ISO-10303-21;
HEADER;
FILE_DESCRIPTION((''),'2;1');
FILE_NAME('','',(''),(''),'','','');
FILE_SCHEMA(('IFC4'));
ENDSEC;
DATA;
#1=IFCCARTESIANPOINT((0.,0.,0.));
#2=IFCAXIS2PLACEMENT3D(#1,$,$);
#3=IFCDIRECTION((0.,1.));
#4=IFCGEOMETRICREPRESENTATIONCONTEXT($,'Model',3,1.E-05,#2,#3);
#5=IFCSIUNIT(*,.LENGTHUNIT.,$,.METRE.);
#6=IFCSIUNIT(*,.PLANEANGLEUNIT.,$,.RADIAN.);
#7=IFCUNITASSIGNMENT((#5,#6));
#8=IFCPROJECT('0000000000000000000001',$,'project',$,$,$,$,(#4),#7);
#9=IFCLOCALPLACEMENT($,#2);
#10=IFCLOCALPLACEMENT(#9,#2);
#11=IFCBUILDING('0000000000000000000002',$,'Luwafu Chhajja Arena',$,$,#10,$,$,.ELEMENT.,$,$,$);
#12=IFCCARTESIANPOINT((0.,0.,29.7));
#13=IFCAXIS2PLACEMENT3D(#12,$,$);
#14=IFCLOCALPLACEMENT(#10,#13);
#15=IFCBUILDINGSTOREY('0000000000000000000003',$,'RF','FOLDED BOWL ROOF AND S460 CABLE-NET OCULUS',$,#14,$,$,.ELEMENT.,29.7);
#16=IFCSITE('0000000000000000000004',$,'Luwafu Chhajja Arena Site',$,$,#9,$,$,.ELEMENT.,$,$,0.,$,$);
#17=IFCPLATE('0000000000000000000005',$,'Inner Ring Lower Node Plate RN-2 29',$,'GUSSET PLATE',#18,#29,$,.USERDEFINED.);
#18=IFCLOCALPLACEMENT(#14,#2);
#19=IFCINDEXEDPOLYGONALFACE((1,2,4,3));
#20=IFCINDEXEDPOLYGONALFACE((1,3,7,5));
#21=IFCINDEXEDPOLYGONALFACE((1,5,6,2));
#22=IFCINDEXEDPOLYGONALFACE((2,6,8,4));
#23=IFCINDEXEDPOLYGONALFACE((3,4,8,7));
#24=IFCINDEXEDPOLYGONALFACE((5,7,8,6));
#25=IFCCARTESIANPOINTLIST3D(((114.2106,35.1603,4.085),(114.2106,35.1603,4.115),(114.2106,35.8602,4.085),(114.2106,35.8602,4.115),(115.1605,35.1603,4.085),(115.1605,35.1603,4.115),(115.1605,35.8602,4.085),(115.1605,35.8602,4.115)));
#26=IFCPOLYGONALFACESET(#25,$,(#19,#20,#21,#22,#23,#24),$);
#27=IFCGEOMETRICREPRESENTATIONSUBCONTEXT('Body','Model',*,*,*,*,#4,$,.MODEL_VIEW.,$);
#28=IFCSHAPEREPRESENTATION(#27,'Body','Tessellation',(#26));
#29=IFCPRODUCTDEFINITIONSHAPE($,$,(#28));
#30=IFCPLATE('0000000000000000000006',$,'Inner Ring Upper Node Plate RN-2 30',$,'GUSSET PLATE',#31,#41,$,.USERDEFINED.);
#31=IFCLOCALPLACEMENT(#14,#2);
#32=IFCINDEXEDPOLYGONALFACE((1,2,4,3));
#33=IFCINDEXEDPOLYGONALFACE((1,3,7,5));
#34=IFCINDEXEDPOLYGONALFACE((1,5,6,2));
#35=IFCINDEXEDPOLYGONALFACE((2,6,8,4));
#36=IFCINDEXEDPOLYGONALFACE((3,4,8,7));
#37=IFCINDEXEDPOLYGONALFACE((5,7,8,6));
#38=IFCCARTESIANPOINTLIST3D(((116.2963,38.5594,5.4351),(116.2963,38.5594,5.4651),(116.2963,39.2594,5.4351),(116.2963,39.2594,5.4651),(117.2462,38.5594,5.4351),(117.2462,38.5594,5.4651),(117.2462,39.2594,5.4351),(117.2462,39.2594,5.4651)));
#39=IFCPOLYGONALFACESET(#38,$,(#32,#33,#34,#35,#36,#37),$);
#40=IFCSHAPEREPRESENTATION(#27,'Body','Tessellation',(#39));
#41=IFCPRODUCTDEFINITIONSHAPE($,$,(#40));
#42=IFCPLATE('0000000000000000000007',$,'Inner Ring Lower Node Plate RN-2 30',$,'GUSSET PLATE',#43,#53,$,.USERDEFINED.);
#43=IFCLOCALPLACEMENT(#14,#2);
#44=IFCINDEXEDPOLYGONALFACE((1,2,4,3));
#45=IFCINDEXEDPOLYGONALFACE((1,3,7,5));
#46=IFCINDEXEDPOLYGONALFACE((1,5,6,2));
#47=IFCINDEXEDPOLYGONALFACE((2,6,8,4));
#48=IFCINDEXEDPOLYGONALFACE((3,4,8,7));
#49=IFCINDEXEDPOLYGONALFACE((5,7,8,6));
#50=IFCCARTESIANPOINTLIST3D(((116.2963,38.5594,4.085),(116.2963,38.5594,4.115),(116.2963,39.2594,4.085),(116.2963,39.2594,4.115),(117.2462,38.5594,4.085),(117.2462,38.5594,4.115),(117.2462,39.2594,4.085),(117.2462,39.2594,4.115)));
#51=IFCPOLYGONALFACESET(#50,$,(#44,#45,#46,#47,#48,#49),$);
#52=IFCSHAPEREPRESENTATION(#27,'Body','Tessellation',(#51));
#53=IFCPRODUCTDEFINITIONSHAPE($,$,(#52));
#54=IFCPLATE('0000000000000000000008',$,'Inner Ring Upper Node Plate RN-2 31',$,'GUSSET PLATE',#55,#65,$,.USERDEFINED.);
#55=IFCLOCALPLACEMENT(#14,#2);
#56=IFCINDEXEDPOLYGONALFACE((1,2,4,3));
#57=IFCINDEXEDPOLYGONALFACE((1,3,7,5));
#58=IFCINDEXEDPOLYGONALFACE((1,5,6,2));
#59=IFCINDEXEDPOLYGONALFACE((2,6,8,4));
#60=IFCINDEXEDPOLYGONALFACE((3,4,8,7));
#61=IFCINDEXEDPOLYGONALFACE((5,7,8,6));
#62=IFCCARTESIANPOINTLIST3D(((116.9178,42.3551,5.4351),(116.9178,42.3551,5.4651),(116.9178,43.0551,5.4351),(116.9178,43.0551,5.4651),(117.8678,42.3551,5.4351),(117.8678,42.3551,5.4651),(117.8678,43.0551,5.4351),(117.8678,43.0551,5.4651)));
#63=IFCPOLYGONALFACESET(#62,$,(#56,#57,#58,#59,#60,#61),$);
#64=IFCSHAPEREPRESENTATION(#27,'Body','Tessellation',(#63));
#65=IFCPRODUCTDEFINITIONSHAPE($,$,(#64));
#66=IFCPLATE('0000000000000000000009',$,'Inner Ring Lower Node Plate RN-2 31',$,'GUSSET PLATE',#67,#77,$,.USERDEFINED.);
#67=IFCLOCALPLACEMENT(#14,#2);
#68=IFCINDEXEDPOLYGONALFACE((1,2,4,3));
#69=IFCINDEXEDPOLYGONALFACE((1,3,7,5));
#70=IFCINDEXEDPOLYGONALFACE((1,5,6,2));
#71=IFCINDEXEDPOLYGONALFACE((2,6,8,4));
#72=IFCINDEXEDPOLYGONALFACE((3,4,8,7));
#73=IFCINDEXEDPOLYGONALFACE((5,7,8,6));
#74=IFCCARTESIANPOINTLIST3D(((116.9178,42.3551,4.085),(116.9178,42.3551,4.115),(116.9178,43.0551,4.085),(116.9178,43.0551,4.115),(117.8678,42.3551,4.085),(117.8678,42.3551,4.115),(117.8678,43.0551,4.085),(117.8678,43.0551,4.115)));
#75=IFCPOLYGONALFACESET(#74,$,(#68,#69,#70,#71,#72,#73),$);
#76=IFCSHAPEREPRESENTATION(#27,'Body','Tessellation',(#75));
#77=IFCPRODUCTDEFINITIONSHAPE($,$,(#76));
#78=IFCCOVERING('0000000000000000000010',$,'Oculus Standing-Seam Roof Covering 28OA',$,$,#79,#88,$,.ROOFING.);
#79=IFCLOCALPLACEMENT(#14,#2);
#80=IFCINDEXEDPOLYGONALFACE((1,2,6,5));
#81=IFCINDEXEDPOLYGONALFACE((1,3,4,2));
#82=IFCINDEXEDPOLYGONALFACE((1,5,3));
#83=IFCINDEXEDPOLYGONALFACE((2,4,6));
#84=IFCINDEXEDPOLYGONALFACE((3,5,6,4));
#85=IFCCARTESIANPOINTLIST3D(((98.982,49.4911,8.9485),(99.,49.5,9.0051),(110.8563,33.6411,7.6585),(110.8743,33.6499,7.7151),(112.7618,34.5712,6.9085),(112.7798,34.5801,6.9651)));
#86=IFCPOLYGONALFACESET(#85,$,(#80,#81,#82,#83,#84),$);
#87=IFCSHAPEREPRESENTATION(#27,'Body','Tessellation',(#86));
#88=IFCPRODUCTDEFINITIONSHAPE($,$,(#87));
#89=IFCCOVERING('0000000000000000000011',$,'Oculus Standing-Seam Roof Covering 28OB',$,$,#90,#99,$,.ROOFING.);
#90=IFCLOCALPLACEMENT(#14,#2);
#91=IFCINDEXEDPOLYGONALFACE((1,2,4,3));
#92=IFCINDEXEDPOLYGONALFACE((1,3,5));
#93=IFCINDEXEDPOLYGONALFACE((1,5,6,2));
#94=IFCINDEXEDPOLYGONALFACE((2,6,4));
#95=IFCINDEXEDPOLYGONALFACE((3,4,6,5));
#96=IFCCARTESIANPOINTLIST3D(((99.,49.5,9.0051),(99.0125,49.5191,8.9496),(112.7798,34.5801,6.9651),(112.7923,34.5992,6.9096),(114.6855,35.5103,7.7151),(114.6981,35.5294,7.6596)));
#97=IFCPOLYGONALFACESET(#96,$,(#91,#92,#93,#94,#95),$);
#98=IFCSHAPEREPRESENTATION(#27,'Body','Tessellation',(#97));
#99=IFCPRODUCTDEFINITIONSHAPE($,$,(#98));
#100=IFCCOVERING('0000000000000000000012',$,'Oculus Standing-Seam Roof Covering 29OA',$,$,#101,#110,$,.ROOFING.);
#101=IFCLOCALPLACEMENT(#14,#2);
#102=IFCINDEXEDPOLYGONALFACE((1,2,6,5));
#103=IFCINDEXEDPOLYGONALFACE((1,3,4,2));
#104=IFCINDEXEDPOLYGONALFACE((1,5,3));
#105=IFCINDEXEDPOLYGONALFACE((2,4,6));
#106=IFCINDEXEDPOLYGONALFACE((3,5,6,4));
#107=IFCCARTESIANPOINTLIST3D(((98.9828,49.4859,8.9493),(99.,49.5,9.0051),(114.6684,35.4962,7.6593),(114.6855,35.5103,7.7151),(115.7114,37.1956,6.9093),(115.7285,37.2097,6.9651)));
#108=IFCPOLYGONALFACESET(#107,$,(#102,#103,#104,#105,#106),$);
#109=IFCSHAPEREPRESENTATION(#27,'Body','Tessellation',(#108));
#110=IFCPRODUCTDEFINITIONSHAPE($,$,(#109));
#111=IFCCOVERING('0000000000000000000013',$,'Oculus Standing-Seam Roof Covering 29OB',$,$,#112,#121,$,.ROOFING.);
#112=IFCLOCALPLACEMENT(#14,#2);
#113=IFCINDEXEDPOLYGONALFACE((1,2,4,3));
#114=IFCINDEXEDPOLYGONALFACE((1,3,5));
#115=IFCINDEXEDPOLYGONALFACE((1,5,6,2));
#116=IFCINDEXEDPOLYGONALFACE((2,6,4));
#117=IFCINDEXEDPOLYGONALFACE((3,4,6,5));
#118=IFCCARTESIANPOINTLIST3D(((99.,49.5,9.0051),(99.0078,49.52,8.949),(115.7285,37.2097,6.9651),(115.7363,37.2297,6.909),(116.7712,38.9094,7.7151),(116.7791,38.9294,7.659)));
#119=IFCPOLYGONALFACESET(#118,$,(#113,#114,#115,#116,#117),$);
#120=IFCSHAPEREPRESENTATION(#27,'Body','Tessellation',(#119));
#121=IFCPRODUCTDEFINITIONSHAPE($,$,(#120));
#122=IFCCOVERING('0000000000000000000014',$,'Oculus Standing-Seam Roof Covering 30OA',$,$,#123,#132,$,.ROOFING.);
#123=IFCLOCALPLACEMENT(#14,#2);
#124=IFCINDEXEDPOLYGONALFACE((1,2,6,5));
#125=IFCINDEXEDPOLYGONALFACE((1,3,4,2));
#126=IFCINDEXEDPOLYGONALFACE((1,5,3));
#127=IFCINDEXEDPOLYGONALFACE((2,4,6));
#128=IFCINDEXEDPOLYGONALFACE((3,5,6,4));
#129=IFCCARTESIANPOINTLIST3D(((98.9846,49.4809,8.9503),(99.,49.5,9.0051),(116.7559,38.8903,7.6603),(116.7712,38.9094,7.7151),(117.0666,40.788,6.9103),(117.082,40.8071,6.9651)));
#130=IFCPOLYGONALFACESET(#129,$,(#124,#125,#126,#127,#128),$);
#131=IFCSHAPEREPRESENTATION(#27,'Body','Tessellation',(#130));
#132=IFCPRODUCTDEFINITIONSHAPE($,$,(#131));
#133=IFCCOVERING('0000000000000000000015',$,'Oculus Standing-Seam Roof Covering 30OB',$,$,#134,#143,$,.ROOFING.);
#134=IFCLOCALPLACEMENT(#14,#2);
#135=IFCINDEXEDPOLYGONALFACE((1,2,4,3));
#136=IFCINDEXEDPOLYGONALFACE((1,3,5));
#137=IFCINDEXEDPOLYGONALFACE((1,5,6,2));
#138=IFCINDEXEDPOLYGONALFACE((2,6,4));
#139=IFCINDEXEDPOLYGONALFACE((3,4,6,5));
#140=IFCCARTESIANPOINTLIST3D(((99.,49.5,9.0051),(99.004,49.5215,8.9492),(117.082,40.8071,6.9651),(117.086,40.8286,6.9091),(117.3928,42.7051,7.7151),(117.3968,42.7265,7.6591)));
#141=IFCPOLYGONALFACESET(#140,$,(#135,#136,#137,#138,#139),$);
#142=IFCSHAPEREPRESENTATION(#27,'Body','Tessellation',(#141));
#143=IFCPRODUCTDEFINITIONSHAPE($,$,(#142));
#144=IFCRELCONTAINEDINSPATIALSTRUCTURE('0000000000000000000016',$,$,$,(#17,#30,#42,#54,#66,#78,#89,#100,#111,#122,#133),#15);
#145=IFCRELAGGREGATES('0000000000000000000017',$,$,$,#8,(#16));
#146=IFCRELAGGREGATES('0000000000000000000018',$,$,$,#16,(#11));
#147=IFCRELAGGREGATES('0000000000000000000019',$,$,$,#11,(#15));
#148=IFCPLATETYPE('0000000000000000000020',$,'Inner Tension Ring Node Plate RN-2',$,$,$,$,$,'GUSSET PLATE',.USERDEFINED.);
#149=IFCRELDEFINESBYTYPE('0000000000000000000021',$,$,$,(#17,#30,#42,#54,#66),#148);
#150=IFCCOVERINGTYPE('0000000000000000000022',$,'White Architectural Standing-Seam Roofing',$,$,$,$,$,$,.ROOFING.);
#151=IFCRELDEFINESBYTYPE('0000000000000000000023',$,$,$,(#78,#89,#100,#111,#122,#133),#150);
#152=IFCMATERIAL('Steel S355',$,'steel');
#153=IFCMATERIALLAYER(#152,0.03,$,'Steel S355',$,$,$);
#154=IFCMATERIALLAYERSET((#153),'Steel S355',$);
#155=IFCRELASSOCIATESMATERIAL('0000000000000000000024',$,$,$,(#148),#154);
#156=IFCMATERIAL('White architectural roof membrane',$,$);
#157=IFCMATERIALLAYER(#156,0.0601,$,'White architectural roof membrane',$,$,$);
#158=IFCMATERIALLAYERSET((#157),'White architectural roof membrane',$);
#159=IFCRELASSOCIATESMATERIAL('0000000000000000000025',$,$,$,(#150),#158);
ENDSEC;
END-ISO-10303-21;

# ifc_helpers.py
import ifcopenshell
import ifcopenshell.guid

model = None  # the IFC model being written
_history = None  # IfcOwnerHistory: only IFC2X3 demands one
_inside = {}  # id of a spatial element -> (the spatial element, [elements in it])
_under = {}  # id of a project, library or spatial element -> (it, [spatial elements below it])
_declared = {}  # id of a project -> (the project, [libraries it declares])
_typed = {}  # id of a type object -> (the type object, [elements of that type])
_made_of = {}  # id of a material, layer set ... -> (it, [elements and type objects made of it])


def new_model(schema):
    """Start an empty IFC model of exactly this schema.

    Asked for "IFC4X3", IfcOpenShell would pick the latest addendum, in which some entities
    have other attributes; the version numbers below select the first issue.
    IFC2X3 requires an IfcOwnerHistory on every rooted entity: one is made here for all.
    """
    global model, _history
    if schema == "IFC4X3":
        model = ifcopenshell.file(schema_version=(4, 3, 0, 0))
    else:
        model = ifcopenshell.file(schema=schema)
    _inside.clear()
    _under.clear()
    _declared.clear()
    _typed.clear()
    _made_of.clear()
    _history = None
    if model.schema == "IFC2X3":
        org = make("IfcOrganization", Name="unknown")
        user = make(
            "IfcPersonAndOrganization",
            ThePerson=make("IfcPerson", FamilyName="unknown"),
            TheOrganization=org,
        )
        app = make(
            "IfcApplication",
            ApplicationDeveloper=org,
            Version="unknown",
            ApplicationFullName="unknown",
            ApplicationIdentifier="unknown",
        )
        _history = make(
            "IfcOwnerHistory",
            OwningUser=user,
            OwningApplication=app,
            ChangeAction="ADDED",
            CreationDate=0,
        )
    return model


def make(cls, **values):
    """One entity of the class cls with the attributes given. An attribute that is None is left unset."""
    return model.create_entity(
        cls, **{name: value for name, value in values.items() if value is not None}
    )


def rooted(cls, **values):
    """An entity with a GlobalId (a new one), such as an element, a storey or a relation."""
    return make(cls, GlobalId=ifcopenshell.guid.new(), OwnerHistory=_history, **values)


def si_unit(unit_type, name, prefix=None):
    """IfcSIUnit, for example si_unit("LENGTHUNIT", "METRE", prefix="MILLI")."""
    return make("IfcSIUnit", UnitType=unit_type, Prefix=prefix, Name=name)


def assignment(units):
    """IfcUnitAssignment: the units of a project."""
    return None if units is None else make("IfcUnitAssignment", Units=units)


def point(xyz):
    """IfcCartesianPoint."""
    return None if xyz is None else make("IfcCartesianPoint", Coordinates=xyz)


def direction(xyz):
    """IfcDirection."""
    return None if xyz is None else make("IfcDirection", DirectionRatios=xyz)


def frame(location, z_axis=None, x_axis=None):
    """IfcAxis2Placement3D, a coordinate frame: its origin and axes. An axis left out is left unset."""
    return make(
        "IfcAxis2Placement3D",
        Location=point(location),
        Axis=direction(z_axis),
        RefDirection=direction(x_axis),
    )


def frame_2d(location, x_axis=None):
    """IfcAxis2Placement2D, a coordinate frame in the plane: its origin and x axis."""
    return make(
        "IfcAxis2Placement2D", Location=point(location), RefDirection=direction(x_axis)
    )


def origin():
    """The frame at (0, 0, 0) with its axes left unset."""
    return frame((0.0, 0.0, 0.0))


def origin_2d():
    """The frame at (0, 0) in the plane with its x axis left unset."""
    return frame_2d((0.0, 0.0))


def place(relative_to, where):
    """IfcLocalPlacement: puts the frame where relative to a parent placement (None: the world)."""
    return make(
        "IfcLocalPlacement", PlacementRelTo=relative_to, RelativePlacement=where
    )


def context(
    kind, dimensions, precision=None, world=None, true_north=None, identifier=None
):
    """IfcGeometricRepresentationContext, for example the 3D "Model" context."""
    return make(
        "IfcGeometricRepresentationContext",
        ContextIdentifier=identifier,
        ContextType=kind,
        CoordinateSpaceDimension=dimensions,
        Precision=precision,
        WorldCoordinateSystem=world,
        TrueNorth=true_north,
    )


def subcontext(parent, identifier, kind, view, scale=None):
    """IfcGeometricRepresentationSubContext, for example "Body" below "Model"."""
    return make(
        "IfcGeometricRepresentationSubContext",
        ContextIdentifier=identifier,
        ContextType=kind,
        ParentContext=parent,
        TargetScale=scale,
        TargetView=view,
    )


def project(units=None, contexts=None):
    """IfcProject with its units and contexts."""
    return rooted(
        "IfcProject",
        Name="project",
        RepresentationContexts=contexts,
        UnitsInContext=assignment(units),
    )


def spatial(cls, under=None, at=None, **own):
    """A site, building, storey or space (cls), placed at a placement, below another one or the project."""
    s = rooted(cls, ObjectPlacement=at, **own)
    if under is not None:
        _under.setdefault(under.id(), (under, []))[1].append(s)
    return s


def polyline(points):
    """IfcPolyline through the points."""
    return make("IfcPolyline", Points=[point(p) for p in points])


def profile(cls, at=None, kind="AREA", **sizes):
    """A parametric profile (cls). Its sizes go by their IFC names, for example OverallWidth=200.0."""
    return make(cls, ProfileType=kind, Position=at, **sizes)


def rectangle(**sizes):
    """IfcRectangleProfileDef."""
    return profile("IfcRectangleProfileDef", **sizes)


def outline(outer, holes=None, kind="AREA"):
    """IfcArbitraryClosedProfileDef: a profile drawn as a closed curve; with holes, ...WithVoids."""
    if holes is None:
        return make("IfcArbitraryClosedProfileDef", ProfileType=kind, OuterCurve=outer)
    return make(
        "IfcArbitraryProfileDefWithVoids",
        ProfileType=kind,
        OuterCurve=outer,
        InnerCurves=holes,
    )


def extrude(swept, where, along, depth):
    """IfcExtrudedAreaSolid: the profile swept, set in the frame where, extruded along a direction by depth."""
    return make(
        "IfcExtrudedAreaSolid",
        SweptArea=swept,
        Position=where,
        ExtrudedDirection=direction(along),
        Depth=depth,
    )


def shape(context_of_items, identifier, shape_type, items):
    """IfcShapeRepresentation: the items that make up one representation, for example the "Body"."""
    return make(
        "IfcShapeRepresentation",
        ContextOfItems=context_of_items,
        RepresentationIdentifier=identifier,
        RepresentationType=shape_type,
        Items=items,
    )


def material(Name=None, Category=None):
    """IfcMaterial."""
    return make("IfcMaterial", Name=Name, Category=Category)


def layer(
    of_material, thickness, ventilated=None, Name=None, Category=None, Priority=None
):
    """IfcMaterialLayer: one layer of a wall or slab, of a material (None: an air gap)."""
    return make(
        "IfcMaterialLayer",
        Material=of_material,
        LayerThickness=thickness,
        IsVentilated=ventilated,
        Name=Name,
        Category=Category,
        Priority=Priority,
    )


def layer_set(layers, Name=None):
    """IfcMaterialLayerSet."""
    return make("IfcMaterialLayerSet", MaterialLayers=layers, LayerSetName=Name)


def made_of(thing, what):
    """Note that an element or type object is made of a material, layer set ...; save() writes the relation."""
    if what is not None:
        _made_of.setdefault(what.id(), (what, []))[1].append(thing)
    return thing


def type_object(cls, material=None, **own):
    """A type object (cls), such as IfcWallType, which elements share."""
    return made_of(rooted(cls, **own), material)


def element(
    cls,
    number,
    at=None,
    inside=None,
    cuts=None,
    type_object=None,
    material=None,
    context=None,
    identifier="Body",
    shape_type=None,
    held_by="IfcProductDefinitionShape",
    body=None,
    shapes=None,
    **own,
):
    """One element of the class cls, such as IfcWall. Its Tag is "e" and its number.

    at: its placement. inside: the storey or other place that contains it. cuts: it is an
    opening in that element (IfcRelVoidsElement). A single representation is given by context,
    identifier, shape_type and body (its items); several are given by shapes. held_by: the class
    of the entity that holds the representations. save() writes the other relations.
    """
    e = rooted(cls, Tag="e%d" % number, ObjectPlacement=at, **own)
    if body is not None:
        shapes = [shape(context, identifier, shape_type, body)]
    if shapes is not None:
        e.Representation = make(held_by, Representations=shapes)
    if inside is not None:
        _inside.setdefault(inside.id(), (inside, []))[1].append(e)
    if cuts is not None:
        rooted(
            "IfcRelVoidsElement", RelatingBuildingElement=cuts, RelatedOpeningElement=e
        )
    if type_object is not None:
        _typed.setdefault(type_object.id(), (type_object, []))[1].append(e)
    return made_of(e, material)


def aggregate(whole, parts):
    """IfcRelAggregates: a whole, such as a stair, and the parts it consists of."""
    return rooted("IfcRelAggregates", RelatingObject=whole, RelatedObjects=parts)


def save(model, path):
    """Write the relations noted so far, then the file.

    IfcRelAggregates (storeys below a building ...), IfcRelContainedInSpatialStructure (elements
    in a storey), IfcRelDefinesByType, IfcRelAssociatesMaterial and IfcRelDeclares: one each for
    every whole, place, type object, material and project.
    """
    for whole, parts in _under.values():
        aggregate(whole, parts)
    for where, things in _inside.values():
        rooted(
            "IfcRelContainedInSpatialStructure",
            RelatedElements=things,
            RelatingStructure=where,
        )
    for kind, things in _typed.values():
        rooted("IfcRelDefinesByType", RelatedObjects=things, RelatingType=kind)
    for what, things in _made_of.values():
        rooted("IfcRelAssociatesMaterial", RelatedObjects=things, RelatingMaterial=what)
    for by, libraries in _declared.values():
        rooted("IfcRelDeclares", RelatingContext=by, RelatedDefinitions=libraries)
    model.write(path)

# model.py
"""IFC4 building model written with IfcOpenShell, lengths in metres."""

from ifc_helpers import new_model, si_unit, direction, frame, origin, origin_2d, place, context, subcontext, project, spatial, polyline, rectangle, outline, extrude, material, layer, layer_set, type_object, element, save


model = new_model("IFC4")

# Units and contexts
model_context = context("Model", 3, precision=1e-05, world=origin(), true_north=direction((0.0, 1.0)))
body_context = subcontext(model_context, "Body", "Model", "MODEL_VIEW")
ifc_project = project(units=[si_unit("LENGTHUNIT", "METRE"), si_unit("PLANEANGLEUNIT", "RADIAN")], contexts=[model_context])

# Site, building, storey
site_placement = place(None, origin())
site = spatial("IfcSite", under=ifc_project, at=site_placement, Name="Luwafu Chhajja Arena Site", CompositionType="ELEMENT", RefElevation=0.0)
building_placement = place(site_placement, origin())
building = spatial("IfcBuilding", under=site, at=building_placement, Name="Luwafu Chhajja Arena", CompositionType="ELEMENT")
storey_placement = place(building_placement, frame((0.0, 0.0, 29.7)))
storey = spatial("IfcBuildingStorey", under=building, at=storey_placement, Name="RF", Description="FOLDED BOWL ROOF AND S460 CABLE-NET OCULUS", CompositionType="ELEMENT", Elevation=29.7)

# Shared definitions
ifc_material_1 = material(Name="Steel S355", Category="steel")

# Plates
ifc_layer_1 = layer(ifc_material_1, 0.03, Name="Steel S355")
ifc_layer_set_1 = layer_set([ifc_layer_1], Name="Steel S355")
plate_type = type_object("IfcPlateType", Name="Inner Tension Ring Node Plate RN-2", ElementType="GUSSET PLATE", PredefinedType="USERDEFINED", material=ifc_layer_set_1)
for number, where, z_axis, x_axis, name in (
    (1, (114.6855, 35.5103, 4.085), (0.0, 0.0, 1.0), (1.0, 0.0, 0.0), "Inner Ring Lower Node Plate RN-2 29"),
    (2, (116.7712, 38.9094, 5.4351), (0.0, 0.0, 1.0), (1.0, 0.0, 0.0), "Inner Ring Upper Node Plate RN-2 30"),
    (3, (116.7712, 38.9094, 4.085), (0.0, 0.0, 1.0), (1.0, 0.0, 0.0), "Inner Ring Lower Node Plate RN-2 30"),
    (4, (117.3928, 42.7051, 5.4351), (0.0, 0.0, 1.0), (1.0, 0.0, 0.0), "Inner Ring Upper Node Plate RN-2 31"),
    (5, (117.3928, 42.7051, 4.085), (0.0, 0.0, 1.0), (1.0, 0.0, 0.0), "Inner Ring Lower Node Plate RN-2 31"),
):
    element("IfcPlate", number, at=place(storey_placement, frame(where, z_axis=z_axis, x_axis=x_axis)), inside=storey, type_object=plate_type, Name=name, ObjectType="GUSSET PLATE", PredefinedType="USERDEFINED", context=body_context, shape_type="SweptSolid", body=[
        extrude(rectangle(XDim=0.95, YDim=0.7, at=origin_2d()), origin(), (0.0, 0.0, 1.0), 0.03),
    ])

# Coverings
ifc_material_2 = material(Name="White architectural roof membrane")
ifc_layer_2 = layer(ifc_material_2, 0.0601, Name="White architectural roof membrane")
ifc_layer_set_2 = layer_set([ifc_layer_2], Name="White architectural roof membrane")
covering_type = type_object("IfcCoveringType", Name="White Architectural Standing-Seam Roofing", PredefinedType="ROOFING", material=ifc_layer_set_2)
covering_1_placement = place(storey_placement, frame((110.8743, 33.6499, 7.7151), z_axis=(0.29913, 0.147365, 0.942764), x_axis=(0.847213, 0.413566, -0.333458)))
element("IfcCovering", 6, at=covering_1_placement, inside=storey, type_object=covering_type, Name="Oculus Standing-Seam Roof Covering 28OA", PredefinedType="ROOFING", context=body_context, shape_type="SweptSolid", body=[
    extrude(outline(polyline([(0.0, 0.0), (2.2492, 0.0), (-3.9351, 19.4526), (0.0, 0.0)])), origin(), (0.0, 0.0, -1.0), 0.0601),
])
covering_2_placement = place(storey_placement, frame((112.7798, 34.5801, 6.9651), z_axis=(-0.208288, -0.318801, 0.924652), x_axis=(0.847243, 0.413528, 0.333427)))
element("IfcCovering", 7, at=covering_2_placement, inside=storey, type_object=covering_type, Name="Oculus Standing-Seam Roof Covering 28OB", PredefinedType="ROOFING", context=body_context, shape_type="SweptSolid", body=[
    extrude(outline(polyline([(0.0, 0.0), (2.2494, 0.0), (-4.8248, 19.8335), (0.0, 0.0)])), origin(), (0.0, 0.0, -1.0), 0.0601),
])
covering_3_placement = place(storey_placement, frame((114.6855, 35.5103, 7.7151), z_axis=(0.285729, 0.234686, 0.929129), x_axis=(0.489573, 0.797733, -0.352052)))
element("IfcCovering", 8, at=covering_3_placement, inside=storey, type_object=covering_type, Name="Oculus Standing-Seam Roof Covering 29OA", PredefinedType="ROOFING", context=body_context, shape_type="SweptSolid", body=[
    extrude(outline(polyline([(0.0, 0.0), (2.1304, 0.0), (3.0267, 20.8387), (0.0, 0.0)])), origin(), (0.0, 0.0, -1.0), 0.0601),
])
covering_4_placement = place(storey_placement, frame((115.7285, 37.2097, 6.9651), z_axis=(-0.130222, -0.332304, 0.934139), x_axis=(0.489441, 0.797819, 0.35204)))
element("IfcCovering", 9, at=covering_4_placement, inside=storey, type_object=covering_type, Name="Oculus Standing-Seam Roof Covering 29OB", PredefinedType="ROOFING", context=body_context, shape_type="SweptSolid", body=[
    extrude(outline(polyline([(0.0, 0.0), (2.1304, 0.0), (2.336, 20.7268), (0.0, 0.0)])), origin(), (0.0, 0.0, -1.0), 0.0601),
])
covering_5_placement = place(storey_placement, frame((116.7712, 38.9094, 7.7151), z_axis=(0.256177, 0.318709, 0.912578), x_axis=(0.150572, 0.919401, -0.36336)))
element("IfcCovering", 10, at=covering_5_placement, inside=storey, type_object=covering_type, Name="Oculus Standing-Seam Roof Covering 30OA", PredefinedType="ROOFING", context=body_context, shape_type="SweptSolid", body=[
    extrude(outline(polyline([(0.0, 0.0), (2.0641, 0.0), (6.5924, 19.6515), (0.0, 0.0)])), origin(), (0.0, 0.0, -1.0), 0.0601),
])
covering_6_placement = place(storey_placement, frame((117.082, 40.8071, 6.9651), z_axis=(-0.066632, -0.357237, 0.931634), x_axis=(0.150556, 0.919419, 0.363321)))
element("IfcCovering", 11, at=covering_6_placement, inside=storey, type_object=covering_type, Name="Oculus Standing-Seam Roof Covering 30OB", PredefinedType="ROOFING", context=body_context, shape_type="SweptSolid", body=[
    extrude(outline(polyline([(0.0, 0.0), (2.0643, 0.0), (6.0112, 19.2497), (0.0, 0.0)])), origin(), (0.0, 0.0, -1.0), 0.0601),
])

save(model, "model.ifc")
